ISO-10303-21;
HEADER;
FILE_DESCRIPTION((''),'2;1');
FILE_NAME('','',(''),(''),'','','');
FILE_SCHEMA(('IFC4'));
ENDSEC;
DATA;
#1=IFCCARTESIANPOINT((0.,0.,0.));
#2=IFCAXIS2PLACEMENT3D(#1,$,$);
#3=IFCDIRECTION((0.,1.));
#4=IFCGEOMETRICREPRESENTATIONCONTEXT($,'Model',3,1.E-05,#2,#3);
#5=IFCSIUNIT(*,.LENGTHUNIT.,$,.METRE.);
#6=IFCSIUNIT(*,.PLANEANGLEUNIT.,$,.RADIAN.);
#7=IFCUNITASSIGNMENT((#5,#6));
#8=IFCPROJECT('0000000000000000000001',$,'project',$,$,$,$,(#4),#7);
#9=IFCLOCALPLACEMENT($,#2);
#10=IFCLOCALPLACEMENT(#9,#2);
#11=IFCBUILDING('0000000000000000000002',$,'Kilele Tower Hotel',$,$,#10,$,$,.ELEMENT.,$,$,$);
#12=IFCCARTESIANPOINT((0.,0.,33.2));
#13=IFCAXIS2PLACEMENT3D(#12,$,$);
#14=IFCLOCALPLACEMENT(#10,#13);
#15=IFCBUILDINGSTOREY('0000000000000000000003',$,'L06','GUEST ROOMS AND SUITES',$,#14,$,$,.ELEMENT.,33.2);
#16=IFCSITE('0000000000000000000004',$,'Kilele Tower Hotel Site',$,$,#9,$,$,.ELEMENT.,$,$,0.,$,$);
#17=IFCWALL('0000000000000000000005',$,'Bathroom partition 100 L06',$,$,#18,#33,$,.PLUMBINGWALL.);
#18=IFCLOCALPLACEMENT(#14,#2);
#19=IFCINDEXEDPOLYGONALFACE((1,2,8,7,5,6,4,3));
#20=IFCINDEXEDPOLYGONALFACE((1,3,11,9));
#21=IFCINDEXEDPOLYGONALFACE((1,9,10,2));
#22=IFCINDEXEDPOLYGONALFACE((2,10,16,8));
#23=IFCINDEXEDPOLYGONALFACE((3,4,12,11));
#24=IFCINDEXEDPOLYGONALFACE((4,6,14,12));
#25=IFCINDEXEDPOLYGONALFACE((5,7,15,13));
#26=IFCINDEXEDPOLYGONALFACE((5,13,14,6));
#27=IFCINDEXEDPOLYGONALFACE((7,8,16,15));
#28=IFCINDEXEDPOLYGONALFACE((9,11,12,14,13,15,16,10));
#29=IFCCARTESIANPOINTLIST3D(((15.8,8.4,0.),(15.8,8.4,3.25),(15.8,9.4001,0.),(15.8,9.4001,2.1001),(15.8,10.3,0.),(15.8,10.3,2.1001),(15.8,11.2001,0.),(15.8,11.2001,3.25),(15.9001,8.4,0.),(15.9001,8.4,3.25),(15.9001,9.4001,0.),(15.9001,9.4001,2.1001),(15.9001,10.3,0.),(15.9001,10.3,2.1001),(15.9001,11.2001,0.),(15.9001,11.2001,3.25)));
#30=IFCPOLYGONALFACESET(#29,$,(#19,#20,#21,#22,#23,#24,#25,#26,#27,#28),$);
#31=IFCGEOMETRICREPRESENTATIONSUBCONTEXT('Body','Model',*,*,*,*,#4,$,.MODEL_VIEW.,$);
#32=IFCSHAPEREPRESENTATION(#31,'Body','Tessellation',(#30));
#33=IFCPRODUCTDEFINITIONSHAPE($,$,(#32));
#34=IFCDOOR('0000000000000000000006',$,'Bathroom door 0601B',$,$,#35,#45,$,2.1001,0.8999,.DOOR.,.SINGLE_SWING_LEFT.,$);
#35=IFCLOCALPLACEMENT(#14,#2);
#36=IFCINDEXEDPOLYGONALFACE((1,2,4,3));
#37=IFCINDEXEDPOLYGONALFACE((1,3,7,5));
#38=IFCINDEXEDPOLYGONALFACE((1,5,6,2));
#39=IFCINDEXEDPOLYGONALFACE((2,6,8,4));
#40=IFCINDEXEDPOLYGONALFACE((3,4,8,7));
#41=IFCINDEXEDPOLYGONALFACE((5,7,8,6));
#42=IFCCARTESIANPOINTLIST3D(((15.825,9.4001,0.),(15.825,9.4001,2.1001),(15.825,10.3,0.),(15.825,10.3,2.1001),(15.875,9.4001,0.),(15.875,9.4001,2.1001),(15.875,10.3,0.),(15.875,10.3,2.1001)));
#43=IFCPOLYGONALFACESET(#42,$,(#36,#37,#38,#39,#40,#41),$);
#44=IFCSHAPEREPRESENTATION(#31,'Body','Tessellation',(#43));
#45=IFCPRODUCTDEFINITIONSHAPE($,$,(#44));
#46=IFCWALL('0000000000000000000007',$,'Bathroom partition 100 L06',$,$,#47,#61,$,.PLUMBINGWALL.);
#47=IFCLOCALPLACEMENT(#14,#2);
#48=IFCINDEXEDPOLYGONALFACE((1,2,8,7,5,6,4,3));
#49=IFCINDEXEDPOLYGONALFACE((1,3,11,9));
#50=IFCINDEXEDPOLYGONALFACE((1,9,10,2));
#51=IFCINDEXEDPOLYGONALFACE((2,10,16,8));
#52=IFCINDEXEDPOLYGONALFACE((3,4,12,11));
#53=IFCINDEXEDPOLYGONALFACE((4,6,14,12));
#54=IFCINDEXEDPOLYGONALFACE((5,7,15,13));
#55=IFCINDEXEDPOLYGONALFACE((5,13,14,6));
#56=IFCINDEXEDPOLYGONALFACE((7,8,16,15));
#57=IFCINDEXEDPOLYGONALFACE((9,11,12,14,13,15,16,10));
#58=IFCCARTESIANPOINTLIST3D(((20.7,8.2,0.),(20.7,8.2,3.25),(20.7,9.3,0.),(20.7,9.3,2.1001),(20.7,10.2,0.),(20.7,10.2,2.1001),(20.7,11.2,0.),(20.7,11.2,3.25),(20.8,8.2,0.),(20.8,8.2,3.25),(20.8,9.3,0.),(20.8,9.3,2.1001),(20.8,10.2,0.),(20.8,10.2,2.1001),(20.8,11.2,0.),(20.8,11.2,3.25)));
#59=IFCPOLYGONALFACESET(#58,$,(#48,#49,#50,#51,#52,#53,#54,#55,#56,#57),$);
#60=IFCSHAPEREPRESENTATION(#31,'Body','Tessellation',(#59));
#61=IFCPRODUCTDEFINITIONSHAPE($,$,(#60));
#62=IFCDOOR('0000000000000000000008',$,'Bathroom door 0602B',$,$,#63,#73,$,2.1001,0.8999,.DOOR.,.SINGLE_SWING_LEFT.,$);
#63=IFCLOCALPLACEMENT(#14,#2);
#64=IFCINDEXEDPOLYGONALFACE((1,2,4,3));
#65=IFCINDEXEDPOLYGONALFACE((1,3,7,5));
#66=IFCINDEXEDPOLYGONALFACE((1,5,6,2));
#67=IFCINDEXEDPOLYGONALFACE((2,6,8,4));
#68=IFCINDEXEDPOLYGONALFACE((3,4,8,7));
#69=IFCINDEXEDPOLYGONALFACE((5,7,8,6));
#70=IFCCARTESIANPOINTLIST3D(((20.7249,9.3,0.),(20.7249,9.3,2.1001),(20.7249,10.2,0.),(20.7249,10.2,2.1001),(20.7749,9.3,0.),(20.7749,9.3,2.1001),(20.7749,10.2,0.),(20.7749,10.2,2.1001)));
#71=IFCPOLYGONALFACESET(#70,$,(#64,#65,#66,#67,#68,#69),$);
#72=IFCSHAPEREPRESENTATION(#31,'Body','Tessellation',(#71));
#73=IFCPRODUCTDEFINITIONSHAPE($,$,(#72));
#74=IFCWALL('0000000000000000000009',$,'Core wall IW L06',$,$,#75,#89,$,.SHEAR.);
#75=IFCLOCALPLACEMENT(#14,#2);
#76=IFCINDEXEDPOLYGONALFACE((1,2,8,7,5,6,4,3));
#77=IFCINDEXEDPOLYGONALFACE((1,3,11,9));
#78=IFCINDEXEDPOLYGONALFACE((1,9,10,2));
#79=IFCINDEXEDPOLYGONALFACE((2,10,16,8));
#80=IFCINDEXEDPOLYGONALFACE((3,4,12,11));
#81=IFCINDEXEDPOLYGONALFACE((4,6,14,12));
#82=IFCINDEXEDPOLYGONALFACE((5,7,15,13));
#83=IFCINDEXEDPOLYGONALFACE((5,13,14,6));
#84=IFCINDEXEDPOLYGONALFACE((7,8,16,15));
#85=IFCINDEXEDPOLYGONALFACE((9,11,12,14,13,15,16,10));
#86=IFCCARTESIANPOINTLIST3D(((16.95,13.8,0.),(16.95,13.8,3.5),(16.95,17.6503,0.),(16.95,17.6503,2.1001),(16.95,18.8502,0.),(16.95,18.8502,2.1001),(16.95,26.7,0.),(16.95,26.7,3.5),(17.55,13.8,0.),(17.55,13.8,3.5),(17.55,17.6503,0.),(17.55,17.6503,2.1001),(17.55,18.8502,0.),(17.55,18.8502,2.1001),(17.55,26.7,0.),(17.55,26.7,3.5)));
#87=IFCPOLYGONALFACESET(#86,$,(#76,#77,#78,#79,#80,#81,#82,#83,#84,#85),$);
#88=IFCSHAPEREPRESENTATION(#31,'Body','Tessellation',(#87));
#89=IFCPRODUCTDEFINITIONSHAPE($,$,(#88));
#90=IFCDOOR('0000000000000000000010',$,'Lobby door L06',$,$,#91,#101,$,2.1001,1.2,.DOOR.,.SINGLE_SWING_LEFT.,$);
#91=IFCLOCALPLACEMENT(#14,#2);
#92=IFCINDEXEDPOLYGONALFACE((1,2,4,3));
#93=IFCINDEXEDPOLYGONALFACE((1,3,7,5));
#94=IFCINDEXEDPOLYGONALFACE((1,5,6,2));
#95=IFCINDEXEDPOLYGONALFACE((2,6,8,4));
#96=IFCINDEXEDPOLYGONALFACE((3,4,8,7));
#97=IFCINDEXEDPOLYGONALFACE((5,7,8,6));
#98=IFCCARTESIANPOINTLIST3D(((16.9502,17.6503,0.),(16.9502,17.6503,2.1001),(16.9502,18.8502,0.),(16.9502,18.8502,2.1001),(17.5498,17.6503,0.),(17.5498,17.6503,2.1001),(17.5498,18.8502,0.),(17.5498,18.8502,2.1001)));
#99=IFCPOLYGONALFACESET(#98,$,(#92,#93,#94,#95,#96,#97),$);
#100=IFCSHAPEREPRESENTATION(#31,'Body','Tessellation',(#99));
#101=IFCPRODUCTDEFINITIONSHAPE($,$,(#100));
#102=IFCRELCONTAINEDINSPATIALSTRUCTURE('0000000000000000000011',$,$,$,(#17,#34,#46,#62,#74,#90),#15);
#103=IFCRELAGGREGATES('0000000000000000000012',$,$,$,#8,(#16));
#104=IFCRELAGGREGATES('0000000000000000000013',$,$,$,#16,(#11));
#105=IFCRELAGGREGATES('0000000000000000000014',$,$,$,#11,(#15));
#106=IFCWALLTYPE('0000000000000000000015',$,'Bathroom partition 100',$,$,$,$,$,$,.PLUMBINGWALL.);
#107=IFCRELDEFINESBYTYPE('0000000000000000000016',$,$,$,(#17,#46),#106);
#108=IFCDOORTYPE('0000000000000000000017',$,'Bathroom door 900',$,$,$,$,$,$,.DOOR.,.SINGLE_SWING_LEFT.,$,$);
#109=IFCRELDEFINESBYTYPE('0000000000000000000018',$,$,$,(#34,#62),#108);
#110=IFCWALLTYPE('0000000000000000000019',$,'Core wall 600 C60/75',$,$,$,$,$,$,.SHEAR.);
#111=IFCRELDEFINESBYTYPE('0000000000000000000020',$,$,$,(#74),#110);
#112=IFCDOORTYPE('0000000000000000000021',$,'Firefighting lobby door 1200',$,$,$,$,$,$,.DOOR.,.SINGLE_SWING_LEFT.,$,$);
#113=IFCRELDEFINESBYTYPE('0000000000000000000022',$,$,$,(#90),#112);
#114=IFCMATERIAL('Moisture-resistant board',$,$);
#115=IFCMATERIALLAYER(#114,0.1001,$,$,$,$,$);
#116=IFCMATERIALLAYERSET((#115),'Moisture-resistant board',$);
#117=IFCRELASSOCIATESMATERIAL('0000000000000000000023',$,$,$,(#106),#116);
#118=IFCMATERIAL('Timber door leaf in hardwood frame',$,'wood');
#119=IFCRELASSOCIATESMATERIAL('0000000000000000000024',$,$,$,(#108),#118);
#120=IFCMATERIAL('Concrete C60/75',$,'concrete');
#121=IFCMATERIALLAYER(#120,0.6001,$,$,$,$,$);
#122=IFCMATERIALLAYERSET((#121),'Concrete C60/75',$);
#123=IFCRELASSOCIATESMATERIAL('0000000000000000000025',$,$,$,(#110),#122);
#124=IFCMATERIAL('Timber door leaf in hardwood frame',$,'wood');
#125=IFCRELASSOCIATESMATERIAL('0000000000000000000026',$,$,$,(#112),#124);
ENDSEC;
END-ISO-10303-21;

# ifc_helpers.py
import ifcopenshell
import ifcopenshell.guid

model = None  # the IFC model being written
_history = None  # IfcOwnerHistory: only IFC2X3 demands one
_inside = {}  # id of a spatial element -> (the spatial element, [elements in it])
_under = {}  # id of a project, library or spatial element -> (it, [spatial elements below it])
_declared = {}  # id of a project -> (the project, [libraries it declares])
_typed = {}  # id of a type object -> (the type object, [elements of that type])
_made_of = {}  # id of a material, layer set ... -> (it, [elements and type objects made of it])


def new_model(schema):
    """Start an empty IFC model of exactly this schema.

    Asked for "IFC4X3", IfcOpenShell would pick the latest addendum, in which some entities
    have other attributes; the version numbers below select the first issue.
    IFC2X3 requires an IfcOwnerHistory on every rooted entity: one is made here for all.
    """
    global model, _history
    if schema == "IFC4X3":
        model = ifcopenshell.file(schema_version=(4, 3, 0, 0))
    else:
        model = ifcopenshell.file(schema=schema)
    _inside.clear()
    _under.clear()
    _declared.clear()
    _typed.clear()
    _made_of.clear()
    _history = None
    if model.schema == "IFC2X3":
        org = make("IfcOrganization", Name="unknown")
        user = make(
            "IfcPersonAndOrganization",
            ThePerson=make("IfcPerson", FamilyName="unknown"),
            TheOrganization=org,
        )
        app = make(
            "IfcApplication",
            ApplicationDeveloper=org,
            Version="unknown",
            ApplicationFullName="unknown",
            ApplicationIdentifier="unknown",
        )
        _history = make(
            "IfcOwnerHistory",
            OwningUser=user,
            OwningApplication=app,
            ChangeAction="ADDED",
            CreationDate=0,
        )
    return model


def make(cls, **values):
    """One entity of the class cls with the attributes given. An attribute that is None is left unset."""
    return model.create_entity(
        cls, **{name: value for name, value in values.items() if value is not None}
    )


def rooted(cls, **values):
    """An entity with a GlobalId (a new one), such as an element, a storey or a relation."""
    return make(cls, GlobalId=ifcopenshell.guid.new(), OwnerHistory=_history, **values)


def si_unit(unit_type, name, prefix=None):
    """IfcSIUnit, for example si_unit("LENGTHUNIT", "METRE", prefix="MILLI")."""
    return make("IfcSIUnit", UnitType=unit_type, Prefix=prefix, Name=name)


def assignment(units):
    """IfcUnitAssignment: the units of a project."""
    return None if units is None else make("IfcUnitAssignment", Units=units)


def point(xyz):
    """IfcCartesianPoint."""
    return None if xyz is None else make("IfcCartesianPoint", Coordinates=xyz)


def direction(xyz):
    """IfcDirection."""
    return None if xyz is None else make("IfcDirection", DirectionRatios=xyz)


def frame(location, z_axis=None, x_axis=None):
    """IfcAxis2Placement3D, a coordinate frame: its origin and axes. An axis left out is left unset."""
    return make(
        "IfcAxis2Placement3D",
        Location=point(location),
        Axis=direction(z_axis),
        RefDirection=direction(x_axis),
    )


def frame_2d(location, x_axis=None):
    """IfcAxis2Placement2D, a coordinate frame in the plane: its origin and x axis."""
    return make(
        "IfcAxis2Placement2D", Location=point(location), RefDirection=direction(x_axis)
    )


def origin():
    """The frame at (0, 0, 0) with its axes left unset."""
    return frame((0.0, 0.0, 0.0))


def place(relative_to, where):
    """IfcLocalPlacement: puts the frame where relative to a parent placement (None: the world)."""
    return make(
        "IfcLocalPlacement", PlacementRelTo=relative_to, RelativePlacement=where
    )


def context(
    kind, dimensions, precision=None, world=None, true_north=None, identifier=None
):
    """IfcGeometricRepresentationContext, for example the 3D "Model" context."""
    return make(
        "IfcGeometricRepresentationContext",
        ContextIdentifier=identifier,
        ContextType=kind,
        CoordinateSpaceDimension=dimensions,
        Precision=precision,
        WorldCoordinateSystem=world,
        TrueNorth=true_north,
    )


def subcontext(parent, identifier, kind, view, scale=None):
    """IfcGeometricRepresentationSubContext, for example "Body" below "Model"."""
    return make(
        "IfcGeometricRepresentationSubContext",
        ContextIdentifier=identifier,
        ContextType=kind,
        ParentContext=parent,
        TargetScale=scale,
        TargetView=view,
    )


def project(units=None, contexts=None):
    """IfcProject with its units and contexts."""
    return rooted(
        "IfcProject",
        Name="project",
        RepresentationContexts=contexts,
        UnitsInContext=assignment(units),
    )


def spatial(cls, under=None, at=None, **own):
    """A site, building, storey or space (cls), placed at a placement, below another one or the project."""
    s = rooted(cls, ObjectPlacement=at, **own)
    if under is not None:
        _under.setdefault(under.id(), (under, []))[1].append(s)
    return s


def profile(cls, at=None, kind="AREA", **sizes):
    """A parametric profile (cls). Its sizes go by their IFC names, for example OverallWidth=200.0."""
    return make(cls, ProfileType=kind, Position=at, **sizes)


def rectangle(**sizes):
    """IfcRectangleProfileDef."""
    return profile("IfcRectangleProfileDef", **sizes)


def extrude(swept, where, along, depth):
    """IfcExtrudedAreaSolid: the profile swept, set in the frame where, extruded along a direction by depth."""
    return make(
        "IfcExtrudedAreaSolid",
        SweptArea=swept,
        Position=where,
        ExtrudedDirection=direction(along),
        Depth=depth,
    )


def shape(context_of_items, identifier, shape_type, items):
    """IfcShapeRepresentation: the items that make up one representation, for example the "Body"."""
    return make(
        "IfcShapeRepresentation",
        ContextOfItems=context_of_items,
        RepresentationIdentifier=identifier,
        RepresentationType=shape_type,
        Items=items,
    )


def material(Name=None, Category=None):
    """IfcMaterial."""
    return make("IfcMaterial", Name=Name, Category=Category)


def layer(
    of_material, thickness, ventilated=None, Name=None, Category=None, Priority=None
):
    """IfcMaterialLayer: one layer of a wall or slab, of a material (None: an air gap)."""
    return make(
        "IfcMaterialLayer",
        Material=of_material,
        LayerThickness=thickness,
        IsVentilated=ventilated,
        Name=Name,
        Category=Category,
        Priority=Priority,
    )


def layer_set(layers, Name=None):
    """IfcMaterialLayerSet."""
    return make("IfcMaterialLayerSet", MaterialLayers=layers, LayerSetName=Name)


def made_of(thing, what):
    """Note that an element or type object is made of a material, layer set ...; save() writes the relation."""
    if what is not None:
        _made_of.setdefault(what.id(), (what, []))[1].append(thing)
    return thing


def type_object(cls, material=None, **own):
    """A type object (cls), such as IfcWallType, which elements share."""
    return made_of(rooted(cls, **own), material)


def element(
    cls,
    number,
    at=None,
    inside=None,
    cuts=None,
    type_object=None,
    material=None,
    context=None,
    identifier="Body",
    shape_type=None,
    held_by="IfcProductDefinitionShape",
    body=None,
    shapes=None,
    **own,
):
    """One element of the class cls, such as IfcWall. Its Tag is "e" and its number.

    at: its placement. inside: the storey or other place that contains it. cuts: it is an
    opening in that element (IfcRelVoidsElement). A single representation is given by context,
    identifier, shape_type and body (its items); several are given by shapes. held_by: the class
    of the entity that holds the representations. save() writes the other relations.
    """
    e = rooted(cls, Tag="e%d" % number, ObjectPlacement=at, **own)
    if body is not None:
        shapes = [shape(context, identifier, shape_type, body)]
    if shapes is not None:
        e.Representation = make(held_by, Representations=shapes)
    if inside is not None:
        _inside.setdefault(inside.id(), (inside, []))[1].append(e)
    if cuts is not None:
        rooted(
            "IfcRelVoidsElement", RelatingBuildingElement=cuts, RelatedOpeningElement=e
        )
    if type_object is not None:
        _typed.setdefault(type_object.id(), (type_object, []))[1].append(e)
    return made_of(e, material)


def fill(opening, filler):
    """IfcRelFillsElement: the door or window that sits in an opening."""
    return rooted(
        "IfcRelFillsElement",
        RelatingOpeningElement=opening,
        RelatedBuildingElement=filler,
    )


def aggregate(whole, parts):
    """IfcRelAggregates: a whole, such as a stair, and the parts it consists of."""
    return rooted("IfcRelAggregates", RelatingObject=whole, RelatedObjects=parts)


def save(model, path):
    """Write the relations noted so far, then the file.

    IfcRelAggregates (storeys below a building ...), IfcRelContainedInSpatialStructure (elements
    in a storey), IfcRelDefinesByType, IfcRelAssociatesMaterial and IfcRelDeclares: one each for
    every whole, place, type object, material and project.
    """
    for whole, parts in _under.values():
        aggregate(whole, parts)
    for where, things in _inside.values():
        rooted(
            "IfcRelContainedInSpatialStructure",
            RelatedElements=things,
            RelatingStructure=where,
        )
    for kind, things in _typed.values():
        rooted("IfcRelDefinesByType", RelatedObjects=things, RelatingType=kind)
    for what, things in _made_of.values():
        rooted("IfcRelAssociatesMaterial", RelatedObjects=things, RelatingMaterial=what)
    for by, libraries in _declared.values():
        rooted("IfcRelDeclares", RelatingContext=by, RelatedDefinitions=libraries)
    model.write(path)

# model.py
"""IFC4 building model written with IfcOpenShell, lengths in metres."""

from ifc_helpers import new_model, si_unit, direction, frame, frame_2d, origin, place, context, subcontext, project, spatial, rectangle, extrude, material, layer, layer_set, type_object, element, fill, save


model = new_model("IFC4")

# Units and contexts
model_context = context("Model", 3, precision=1e-05, world=origin(), true_north=direction((0.0, 1.0)))
body_context = subcontext(model_context, "Body", "Model", "MODEL_VIEW")
ifc_project = project(units=[si_unit("LENGTHUNIT", "METRE"), si_unit("PLANEANGLEUNIT", "RADIAN")], contexts=[model_context])

# Site, building, storey
site_placement = place(None, origin())
site = spatial("IfcSite", under=ifc_project, at=site_placement, Name="Kilele Tower Hotel Site", CompositionType="ELEMENT", RefElevation=0.0)
building_placement = place(site_placement, origin())
building = spatial("IfcBuilding", under=site, at=building_placement, Name="Kilele Tower Hotel", CompositionType="ELEMENT")
storey_placement = place(building_placement, frame((0.0, 0.0, 33.2)))
storey = spatial("IfcBuildingStorey", under=building, at=storey_placement, Name="L06", Description="GUEST ROOMS AND SUITES", CompositionType="ELEMENT", Elevation=33.2)

# Walls, openings, doors
ifc_material_1 = material(Name="Moisture-resistant board")
ifc_layer_1 = layer(ifc_material_1, 0.1001)
ifc_layer_set_1 = layer_set([ifc_layer_1], Name="Moisture-resistant board")
wall_type_1 = type_object("IfcWallType", Name="Bathroom partition 100", PredefinedType="PLUMBINGWALL", material=ifc_layer_set_1)
wall_1_placement = place(storey_placement, frame((15.8501, 11.2, 0.0), z_axis=(0.0, 0.0, 1.0), x_axis=(0.0, -1.0, 0.0)))
wall_1 = element("IfcWall", 1, at=wall_1_placement, inside=storey, type_object=wall_type_1, Name="Bathroom partition 100 L06", PredefinedType="PLUMBINGWALL", context=body_context, shape_type="SweptSolid", body=[
    extrude(rectangle(XDim=2.8, YDim=0.1001, at=frame_2d((1.3999, 0.0))), origin(), (0.0, 0.0, 1.0), 3.25),
])
opening_1_placement = place(wall_1_placement, frame((0.8999, 0.0, 0.0)))
opening_1 = element("IfcOpeningElement", 2, at=opening_1_placement, cuts=wall_1, PredefinedType="OPENING", context=body_context, shape_type="SweptSolid", body=[
    extrude(rectangle(XDim=0.8999, YDim=2.1001, at=frame_2d((0.45, 1.05))), frame((0.0, 0.0601, 0.0), z_axis=(0.0, -1.0, 0.0), x_axis=(1.0, 0.0, 0.0)), (0.0, 0.0, 1.0), 0.1201),
])
ifc_material_2 = material(Name="Timber door leaf in hardwood frame", Category="wood")
door_type_1 = type_object("IfcDoorType", Name="Bathroom door 900", OperationType="SINGLE_SWING_LEFT", PredefinedType="DOOR", material=ifc_material_2)
door_1_placement = place(opening_1_placement, origin())
door_1 = element("IfcDoor", 3, at=door_1_placement, inside=storey, type_object=door_type_1, Name="Bathroom door 0601B", OperationType="SINGLE_SWING_LEFT", OverallHeight=2.1001, OverallWidth=0.8999, PredefinedType="DOOR", context=body_context, shape_type="SweptSolid", body=[
    extrude(rectangle(XDim=0.8999, YDim=2.1001, at=frame_2d((0.45, 1.05))), frame((0.0, 0.0249, 0.0), z_axis=(0.0, -1.0, 0.0), x_axis=(1.0, 0.0, 0.0)), (0.0, 0.0, 1.0), 0.05),
])
fill(opening_1, door_1)
wall_2_placement = place(storey_placement, frame((20.75, 11.2, 0.0), z_axis=(0.0, 0.0, 1.0), x_axis=(0.0, -1.0, 0.0)))
wall_2 = element("IfcWall", 4, at=wall_2_placement, inside=storey, type_object=wall_type_1, Name="Bathroom partition 100 L06", PredefinedType="PLUMBINGWALL", context=body_context, shape_type="SweptSolid", body=[
    extrude(rectangle(XDim=3.0, YDim=0.1001, at=frame_2d((1.5, 0.0))), origin(), (0.0, 0.0, 1.0), 3.25),
])
opening_2_placement = place(wall_2_placement, frame((1.0, 0.0, 0.0)))
opening_2 = element("IfcOpeningElement", 5, at=opening_2_placement, cuts=wall_2, PredefinedType="OPENING", context=body_context, shape_type="SweptSolid", body=[
    extrude(rectangle(XDim=0.8999, YDim=2.1001, at=frame_2d((0.45, 1.05))), frame((0.0, 0.0601, 0.0), z_axis=(0.0, -1.0, 0.0), x_axis=(1.0, 0.0, 0.0)), (0.0, 0.0, 1.0), 0.1201),
])
door_2_placement = place(opening_2_placement, origin())
door_2 = element("IfcDoor", 6, at=door_2_placement, inside=storey, type_object=door_type_1, Name="Bathroom door 0602B", OperationType="SINGLE_SWING_LEFT", OverallHeight=2.1001, OverallWidth=0.8999, PredefinedType="DOOR", context=body_context, shape_type="SweptSolid", body=[
    extrude(rectangle(XDim=0.8999, YDim=2.1001, at=frame_2d((0.45, 1.05))), frame((0.0, 0.0249, 0.0), z_axis=(0.0, -1.0, 0.0), x_axis=(1.0, 0.0, 0.0)), (0.0, 0.0, 1.0), 0.05),
])
fill(opening_2, door_2)
ifc_material_3 = material(Name="Concrete C60/75", Category="concrete")
ifc_layer_2 = layer(ifc_material_3, 0.6001)
ifc_layer_set_2 = layer_set([ifc_layer_2], Name="Concrete C60/75")
wall_type_2 = type_object("IfcWallType", Name="Core wall 600 C60/75", PredefinedType="SHEAR", material=ifc_layer_set_2)
wall_3_placement = place(storey_placement, frame((17.25, 13.8, 0.0), z_axis=(0.0, 0.0, 1.0), x_axis=(0.0, 1.0, 0.0)))
wall_3 = element("IfcWall", 7, at=wall_3_placement, inside=storey, type_object=wall_type_2, Name="Core wall IW L06", PredefinedType="SHEAR", context=body_context, shape_type="SweptSolid", body=[
    extrude(rectangle(XDim=12.8999, YDim=0.6001, at=frame_2d((6.45, 0.0))), origin(), (0.0, 0.0, 1.0), 3.5),
])
opening_3_placement = place(wall_3_placement, frame((3.8501, 0.0, 0.0)))
opening_3 = element("IfcOpeningElement", 8, at=opening_3_placement, cuts=wall_3, PredefinedType="OPENING", context=body_context, shape_type="SweptSolid", body=[
    extrude(rectangle(XDim=1.2, YDim=2.1001, at=frame_2d((0.6001, 1.05))), frame((0.0, 0.3101, 0.0), z_axis=(0.0, -1.0, 0.0), x_axis=(1.0, 0.0, 0.0)), (0.0, 0.0, 1.0), 0.6201),
])
ifc_material_4 = material(Name="Timber door leaf in hardwood frame", Category="wood")
door_type_2 = type_object("IfcDoorType", Name="Firefighting lobby door 1200", OperationType="SINGLE_SWING_LEFT", PredefinedType="DOOR", material=ifc_material_4)
door_3_placement = place(opening_3_placement, origin())
door_3 = element("IfcDoor", 9, at=door_3_placement, inside=storey, type_object=door_type_2, Name="Lobby door L06", OperationType="SINGLE_SWING_LEFT", OverallHeight=2.1001, OverallWidth=1.2, PredefinedType="DOOR", context=body_context, shape_type="SweptSolid", body=[
    extrude(rectangle(XDim=1.2, YDim=2.1001, at=frame_2d((0.6001, 1.05))), frame((0.0, 0.2998, 0.0), z_axis=(0.0, -1.0, 0.0), x_axis=(1.0, 0.0, 0.0)), (0.0, 0.0, 1.0), 0.5996),
])
fill(opening_3, door_3)

save(model, "model.ifc")
